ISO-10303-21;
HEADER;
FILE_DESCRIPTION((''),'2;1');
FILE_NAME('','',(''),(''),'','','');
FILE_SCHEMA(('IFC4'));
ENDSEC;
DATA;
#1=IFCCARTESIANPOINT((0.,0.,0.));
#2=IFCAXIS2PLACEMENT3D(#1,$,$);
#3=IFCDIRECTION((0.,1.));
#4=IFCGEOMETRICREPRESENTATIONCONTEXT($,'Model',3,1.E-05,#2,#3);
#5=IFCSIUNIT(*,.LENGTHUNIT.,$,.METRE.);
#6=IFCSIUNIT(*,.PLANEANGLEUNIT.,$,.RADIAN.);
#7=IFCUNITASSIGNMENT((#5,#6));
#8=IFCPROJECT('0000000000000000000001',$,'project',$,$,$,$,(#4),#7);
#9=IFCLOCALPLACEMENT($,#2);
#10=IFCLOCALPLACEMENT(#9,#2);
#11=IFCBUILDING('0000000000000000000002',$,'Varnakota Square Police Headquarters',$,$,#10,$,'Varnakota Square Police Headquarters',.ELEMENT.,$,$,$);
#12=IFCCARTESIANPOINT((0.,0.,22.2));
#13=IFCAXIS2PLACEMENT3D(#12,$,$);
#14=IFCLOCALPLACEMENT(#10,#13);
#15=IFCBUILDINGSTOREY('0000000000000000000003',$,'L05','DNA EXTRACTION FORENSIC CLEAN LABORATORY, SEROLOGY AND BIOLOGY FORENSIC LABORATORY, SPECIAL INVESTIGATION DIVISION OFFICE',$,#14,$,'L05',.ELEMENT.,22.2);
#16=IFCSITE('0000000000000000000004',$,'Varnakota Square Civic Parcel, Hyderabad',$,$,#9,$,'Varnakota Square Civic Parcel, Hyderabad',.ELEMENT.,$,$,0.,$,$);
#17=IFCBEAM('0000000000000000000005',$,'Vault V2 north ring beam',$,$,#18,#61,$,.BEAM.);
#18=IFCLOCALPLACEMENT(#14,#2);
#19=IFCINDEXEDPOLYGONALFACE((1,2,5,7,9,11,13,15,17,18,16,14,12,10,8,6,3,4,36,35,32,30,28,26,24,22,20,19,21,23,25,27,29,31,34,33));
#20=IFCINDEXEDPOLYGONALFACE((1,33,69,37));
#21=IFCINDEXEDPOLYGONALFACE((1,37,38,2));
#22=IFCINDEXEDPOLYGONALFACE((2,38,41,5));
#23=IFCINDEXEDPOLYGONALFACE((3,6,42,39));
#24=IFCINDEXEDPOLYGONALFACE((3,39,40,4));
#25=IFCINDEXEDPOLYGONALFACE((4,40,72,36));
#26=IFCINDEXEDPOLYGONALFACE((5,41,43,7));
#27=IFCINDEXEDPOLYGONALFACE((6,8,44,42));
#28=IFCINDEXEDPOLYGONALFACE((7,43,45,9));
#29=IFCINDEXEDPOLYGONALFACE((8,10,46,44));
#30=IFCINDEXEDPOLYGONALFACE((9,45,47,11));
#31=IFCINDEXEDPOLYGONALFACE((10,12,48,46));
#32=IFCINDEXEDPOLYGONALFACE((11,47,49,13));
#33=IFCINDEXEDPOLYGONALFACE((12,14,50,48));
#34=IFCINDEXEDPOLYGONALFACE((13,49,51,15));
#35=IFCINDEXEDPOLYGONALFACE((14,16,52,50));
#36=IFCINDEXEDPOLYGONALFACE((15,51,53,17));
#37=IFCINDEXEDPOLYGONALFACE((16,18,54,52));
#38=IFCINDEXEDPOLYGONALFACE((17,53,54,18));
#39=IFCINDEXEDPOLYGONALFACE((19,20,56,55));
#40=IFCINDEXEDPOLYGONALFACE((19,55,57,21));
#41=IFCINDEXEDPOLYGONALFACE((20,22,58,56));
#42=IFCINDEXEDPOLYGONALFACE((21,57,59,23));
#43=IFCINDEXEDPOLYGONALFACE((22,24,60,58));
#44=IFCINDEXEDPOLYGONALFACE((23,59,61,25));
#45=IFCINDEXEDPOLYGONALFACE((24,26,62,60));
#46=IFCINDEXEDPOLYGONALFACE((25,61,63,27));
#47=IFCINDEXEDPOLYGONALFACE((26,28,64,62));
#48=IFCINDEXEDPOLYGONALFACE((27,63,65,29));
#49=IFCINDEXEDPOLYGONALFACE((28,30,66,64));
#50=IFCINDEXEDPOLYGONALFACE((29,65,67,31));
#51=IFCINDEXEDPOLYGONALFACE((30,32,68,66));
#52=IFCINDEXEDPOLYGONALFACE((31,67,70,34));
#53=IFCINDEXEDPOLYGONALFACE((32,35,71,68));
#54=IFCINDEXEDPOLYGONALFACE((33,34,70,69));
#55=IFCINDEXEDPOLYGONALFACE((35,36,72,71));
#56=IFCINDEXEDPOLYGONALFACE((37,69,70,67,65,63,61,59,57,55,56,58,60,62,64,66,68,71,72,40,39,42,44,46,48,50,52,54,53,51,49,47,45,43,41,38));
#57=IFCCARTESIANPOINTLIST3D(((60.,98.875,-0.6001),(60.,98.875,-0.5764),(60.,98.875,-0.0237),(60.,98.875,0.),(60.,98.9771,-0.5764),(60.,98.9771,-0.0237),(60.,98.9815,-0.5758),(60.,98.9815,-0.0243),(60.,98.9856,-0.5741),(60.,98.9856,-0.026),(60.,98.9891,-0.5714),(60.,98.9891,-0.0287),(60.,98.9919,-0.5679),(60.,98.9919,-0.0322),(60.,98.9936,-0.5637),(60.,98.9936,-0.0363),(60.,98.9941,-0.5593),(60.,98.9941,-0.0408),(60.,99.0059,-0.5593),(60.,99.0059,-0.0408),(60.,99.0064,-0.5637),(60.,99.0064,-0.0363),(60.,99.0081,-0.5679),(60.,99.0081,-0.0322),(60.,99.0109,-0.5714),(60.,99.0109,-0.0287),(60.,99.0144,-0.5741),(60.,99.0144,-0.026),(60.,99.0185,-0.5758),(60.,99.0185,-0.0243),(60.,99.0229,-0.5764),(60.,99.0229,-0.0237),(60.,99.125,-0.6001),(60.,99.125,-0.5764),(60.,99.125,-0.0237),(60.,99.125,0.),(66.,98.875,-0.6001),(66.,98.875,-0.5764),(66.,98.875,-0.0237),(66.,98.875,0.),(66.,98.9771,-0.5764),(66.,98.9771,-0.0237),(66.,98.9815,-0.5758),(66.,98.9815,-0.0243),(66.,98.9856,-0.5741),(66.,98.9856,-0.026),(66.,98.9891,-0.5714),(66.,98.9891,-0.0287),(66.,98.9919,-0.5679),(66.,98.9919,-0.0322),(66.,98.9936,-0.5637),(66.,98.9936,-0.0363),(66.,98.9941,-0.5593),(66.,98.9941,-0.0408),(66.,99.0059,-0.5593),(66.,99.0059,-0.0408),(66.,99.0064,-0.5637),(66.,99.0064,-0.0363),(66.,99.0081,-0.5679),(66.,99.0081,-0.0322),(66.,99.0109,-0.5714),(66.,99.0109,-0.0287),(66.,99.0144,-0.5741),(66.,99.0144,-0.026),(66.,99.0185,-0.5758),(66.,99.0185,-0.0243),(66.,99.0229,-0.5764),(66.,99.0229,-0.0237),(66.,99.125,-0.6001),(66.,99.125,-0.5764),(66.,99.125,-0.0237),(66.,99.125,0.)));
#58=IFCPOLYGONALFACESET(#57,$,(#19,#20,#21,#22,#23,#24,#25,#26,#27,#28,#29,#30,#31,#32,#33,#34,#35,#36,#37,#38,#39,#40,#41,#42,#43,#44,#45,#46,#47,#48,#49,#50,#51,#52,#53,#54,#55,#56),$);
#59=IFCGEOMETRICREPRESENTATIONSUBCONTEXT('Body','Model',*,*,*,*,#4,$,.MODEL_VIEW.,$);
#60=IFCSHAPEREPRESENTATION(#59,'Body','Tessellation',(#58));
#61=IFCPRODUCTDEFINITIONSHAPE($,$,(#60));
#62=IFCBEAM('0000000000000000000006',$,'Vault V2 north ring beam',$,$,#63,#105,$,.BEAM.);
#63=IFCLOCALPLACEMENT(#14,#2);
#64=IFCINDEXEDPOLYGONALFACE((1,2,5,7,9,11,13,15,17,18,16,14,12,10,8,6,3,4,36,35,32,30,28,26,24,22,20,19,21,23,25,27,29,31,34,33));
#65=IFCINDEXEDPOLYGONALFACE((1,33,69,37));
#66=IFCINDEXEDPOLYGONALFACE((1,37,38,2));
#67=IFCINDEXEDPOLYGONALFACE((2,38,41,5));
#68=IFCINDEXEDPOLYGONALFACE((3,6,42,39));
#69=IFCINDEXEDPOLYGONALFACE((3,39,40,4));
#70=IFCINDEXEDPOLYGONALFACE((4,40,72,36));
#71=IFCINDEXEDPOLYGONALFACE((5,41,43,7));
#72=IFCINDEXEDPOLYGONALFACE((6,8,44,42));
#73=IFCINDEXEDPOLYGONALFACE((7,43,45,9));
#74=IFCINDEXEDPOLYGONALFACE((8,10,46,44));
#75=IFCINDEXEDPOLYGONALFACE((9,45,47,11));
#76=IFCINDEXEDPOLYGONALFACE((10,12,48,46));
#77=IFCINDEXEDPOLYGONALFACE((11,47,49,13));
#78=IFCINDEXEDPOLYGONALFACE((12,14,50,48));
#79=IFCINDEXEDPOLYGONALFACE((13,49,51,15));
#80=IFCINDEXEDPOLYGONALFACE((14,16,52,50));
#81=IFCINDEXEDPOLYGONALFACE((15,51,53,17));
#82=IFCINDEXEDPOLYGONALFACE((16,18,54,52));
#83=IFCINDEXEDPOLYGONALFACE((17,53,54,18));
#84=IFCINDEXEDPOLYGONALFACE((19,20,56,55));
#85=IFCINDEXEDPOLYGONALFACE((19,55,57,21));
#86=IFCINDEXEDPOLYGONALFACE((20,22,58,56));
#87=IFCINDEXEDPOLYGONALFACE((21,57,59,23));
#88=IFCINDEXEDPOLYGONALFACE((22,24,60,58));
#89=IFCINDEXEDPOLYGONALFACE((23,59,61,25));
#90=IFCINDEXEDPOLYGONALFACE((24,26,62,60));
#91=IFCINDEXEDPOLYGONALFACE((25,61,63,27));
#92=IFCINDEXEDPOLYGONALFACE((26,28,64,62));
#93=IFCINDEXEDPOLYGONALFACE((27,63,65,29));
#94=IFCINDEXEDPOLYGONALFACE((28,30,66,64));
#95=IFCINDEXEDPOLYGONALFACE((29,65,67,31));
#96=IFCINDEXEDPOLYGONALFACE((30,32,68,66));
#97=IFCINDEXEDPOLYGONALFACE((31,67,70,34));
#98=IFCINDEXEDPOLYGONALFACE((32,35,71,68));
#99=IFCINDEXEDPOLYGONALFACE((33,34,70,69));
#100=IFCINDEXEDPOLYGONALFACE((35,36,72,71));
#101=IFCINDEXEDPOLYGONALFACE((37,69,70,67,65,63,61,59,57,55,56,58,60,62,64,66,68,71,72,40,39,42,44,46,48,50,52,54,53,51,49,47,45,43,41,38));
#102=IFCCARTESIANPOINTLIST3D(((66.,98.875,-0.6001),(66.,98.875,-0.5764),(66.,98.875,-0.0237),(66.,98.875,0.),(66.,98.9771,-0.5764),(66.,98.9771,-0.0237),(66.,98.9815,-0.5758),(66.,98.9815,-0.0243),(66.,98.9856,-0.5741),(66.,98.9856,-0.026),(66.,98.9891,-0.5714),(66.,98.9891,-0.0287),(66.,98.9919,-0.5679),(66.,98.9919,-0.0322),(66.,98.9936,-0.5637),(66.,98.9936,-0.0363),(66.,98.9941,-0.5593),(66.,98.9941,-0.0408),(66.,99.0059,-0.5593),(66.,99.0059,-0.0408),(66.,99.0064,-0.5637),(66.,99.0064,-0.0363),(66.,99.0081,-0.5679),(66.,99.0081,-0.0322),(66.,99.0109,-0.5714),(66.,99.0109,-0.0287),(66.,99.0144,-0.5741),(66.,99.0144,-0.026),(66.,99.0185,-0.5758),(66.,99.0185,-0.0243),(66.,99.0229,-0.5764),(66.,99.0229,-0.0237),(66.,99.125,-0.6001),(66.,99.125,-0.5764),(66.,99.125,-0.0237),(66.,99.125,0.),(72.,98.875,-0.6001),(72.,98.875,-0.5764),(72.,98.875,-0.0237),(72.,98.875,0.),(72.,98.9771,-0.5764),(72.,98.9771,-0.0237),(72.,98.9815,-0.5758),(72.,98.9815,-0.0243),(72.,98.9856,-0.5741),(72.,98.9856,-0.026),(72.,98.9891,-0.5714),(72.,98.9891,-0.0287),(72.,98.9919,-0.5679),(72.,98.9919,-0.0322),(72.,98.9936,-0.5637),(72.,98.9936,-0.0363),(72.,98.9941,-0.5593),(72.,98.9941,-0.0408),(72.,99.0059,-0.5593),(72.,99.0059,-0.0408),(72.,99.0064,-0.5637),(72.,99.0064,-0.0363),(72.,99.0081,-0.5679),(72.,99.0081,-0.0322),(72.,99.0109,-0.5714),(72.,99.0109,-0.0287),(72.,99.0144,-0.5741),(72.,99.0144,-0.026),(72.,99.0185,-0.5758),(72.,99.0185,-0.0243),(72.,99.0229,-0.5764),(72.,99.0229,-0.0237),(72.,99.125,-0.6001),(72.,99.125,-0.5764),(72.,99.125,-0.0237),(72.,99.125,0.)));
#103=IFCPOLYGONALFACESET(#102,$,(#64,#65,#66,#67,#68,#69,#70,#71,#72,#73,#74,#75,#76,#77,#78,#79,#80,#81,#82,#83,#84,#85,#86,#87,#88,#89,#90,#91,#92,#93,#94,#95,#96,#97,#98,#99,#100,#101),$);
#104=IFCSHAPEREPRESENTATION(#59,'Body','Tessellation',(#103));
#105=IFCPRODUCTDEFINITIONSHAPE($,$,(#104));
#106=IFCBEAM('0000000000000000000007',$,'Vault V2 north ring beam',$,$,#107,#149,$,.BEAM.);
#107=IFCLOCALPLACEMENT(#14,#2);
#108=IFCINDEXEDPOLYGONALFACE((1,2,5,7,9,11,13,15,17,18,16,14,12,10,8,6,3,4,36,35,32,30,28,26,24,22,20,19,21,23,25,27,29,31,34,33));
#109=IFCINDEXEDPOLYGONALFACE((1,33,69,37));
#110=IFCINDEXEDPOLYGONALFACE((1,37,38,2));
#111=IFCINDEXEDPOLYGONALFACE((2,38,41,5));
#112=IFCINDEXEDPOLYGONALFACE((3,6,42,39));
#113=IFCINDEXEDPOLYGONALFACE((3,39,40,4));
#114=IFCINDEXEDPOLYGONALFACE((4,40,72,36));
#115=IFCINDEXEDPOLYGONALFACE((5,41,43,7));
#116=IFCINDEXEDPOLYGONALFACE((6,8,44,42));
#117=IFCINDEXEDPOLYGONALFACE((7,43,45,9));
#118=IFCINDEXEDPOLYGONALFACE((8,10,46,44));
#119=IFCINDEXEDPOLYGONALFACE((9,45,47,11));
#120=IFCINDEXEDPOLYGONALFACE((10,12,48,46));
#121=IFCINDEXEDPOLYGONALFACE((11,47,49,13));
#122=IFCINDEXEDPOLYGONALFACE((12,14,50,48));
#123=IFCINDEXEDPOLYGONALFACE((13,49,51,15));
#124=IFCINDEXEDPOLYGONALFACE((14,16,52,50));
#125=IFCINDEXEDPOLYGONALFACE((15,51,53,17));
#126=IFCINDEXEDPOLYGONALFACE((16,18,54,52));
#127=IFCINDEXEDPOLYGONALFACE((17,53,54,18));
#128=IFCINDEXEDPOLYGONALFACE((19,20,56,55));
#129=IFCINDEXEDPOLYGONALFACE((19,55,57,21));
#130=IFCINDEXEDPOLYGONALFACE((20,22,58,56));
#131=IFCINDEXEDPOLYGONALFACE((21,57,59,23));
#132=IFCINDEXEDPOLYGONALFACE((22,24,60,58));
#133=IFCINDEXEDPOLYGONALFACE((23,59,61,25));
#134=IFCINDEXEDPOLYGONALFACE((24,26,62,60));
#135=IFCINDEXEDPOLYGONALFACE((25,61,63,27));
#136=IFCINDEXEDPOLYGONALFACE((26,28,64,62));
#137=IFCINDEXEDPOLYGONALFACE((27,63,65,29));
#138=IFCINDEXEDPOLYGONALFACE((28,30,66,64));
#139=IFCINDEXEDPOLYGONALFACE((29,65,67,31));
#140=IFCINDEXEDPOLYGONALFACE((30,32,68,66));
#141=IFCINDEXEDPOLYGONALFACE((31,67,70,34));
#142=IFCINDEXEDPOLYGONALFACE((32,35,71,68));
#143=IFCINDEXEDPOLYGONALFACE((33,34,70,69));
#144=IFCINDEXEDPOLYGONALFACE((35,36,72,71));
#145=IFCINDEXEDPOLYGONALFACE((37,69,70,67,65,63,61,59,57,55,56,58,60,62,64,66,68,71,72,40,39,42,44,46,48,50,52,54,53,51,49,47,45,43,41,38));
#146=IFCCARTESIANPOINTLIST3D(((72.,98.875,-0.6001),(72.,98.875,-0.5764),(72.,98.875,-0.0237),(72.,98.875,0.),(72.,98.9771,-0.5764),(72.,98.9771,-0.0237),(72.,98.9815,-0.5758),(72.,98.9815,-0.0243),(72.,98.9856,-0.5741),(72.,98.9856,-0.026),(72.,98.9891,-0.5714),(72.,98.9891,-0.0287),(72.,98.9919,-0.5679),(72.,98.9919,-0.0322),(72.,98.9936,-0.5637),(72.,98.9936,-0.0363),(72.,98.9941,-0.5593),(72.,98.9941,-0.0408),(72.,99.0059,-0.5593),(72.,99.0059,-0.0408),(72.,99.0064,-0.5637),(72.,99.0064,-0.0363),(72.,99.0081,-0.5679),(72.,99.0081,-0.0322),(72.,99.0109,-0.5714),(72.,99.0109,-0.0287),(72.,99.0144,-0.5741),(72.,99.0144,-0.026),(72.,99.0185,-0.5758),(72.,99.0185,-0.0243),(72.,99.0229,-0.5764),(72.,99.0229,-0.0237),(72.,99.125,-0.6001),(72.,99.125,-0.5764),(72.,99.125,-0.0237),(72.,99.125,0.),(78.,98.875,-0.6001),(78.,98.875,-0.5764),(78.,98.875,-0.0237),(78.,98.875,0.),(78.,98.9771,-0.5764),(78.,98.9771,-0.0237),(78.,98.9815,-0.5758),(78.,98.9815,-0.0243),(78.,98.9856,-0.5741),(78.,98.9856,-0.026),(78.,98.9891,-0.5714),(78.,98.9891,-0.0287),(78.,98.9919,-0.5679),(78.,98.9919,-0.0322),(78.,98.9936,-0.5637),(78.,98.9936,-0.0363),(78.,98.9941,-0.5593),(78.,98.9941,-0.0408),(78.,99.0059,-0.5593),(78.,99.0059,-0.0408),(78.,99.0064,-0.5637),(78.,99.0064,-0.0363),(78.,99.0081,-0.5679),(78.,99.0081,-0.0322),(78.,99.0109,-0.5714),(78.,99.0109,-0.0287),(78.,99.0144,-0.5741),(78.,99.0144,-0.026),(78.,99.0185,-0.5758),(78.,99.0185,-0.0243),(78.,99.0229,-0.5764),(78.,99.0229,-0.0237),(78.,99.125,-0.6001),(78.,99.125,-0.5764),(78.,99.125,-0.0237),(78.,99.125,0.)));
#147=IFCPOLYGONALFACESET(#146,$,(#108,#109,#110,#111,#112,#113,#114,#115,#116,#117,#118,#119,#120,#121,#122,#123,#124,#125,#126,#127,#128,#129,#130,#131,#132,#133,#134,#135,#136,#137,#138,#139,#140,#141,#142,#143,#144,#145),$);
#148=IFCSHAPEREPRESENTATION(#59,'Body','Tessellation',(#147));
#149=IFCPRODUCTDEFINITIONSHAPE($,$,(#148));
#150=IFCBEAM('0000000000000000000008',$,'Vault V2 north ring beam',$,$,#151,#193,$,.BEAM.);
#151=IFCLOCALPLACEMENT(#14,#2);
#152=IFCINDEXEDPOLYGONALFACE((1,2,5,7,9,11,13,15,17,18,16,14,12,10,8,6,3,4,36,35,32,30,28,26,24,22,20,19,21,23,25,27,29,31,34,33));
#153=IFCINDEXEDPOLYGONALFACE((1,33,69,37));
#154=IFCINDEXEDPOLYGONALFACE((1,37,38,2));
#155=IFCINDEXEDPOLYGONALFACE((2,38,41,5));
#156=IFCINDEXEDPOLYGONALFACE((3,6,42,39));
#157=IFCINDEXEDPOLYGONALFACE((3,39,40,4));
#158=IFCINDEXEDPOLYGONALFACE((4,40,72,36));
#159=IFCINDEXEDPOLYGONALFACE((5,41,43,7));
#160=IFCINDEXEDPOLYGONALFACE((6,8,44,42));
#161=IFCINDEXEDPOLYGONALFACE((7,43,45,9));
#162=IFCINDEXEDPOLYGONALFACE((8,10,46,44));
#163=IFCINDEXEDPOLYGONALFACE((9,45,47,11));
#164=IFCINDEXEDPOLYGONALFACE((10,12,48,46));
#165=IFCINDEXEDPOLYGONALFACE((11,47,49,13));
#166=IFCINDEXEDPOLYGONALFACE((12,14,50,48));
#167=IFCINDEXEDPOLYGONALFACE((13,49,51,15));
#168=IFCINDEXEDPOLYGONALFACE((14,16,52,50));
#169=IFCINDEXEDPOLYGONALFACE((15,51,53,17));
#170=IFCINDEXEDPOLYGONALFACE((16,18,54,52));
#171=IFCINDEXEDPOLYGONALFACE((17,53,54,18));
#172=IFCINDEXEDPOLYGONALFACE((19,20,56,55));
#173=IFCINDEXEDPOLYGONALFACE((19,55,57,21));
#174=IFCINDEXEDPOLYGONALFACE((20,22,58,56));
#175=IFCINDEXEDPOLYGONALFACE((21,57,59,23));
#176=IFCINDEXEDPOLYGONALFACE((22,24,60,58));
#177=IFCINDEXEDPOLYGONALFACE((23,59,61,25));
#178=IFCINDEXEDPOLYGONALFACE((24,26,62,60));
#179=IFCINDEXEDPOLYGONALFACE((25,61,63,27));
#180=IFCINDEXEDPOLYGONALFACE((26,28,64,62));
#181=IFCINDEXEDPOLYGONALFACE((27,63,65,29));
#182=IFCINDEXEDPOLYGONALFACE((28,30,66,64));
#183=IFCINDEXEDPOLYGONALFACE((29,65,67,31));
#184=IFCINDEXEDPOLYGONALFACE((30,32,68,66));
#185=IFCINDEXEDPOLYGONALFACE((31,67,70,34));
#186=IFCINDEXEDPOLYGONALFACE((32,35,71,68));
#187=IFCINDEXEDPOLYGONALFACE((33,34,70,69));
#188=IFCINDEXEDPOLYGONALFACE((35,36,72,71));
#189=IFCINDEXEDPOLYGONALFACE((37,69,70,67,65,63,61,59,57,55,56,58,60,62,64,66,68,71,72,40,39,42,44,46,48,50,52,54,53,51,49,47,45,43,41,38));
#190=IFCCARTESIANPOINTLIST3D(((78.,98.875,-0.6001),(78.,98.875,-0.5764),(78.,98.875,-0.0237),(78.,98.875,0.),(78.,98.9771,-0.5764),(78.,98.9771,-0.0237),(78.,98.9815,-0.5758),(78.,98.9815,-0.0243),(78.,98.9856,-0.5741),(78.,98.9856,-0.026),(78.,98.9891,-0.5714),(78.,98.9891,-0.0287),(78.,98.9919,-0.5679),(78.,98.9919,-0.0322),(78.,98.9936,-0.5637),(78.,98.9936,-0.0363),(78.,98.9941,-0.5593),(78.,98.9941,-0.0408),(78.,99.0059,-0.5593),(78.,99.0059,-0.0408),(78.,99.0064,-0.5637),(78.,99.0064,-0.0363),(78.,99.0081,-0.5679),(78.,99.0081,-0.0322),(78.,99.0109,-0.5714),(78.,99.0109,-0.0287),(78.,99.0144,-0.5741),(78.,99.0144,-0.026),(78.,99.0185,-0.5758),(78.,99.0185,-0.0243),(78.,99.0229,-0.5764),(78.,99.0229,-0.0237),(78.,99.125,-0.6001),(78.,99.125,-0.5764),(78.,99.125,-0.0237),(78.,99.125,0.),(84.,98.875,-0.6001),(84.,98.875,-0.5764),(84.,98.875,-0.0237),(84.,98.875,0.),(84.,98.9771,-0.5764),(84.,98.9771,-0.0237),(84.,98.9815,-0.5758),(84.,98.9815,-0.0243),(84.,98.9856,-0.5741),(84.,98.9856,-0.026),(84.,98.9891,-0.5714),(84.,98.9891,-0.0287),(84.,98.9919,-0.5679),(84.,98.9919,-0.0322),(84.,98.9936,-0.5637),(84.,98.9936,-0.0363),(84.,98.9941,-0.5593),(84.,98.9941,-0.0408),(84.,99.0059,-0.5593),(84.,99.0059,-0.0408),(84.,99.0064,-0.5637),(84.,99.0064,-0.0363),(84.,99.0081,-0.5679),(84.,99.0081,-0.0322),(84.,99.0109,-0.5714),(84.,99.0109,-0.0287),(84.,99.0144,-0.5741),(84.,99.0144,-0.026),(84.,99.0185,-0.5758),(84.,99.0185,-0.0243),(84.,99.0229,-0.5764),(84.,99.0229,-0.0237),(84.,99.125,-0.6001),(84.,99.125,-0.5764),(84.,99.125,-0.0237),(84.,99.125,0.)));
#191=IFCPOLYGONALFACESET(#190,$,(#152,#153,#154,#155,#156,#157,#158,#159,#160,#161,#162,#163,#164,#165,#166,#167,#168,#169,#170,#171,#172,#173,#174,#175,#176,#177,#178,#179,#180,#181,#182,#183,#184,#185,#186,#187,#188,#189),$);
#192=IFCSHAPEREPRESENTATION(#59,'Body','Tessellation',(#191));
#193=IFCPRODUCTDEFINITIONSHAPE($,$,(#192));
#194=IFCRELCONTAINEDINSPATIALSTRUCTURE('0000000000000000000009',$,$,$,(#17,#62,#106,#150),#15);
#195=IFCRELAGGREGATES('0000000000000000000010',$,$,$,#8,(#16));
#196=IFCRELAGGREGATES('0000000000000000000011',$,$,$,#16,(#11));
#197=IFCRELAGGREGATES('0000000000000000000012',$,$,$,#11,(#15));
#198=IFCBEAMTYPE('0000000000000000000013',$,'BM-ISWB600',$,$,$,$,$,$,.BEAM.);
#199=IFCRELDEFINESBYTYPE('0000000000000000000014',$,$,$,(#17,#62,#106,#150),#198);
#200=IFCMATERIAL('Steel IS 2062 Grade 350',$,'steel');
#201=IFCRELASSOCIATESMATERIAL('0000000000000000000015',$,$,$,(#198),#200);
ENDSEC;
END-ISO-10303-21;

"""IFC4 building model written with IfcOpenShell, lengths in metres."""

from ifc_helpers import new_model, si_unit, direction, frame, origin, origin_2d, place, context, subcontext, project, spatial, i_section, extrude, material, material_profile, profile_set, type_object, element, save


model = new_model("IFC4")

# Units and contexts
model_context = context("Model", 3, precision=1e-05, world=origin(), true_north=direction((0.0, 1.0)))
body_context = subcontext(model_context, "Body", "Model", "MODEL_VIEW")
ifc_project = project(units=[si_unit("LENGTHUNIT", "METRE"), si_unit("PLANEANGLEUNIT", "RADIAN")], contexts=[model_context])

# Site, building, storey
site_placement = place(None, origin())
site = spatial("IfcSite", under=ifc_project, at=site_placement, Name="Varnakota Square Civic Parcel, Hyderabad", LongName="Varnakota Square Civic Parcel, Hyderabad", CompositionType="ELEMENT", RefElevation=0.0)
building_placement = place(site_placement, origin())
building = spatial("IfcBuilding", under=site, at=building_placement, Name="Varnakota Square Police Headquarters", LongName="Varnakota Square Police Headquarters", CompositionType="ELEMENT")
storey_placement = place(building_placement, frame((0.0, 0.0, 22.2)))
storey = spatial("IfcBuildingStorey", under=building, at=storey_placement, Name="L05", Description="DNA EXTRACTION FORENSIC CLEAN LABORATORY, SEROLOGY AND BIOLOGY FORENSIC LABORATORY, SPECIAL INVESTIGATION DIVISION OFFICE", LongName="L05", CompositionType="ELEMENT", Elevation=22.2)

# Beams
ifc_material_1 = material(Name="Steel IS 2062 Grade 350", Category="steel")
ifc_material_profile_1 = material_profile(ifc_material_1, i_section(OverallWidth=0.25, OverallDepth=0.6001, WebThickness=0.0117, FlangeThickness=0.0237, FilletRadius=0.0171, at=origin_2d()), Name="ISWB 600")
ifc_profile_set_1 = profile_set([ifc_material_profile_1], Name="Steel IS 2062 Grade 350")
beam_type_1 = type_object("IfcBeamType", Name="BM-ISWB600", PredefinedType="BEAM", material=ifc_profile_set_1)
for number, where, z_axis, x_axis, name in (
    (1, (60.0, 99.0, -0.3), (1.0, 0.0, 0.0), (0.0, 1.0, 0.0), "Vault V2 north ring beam"),
    (2, (66.0, 99.0, -0.3), (1.0, 0.0, 0.0), (0.0, 1.0, 0.0), "Vault V2 north ring beam"),
    (3, (72.0, 99.0, -0.3), (1.0, 0.0, 0.0), (0.0, 1.0, 0.0), "Vault V2 north ring beam"),
    (4, (78.0, 99.0, -0.3), (1.0, 0.0, 0.0), (0.0, 1.0, 0.0), "Vault V2 north ring beam"),
):
    element("IfcBeam", number, at=place(storey_placement, frame(where, z_axis=z_axis, x_axis=x_axis)), inside=storey, type_object=beam_type_1, Name=name, PredefinedType="BEAM", context=body_context, shape_type="SweptSolid", body=[
        extrude(i_section(OverallWidth=0.25, OverallDepth=0.6001, WebThickness=0.0117, FlangeThickness=0.0237, FilletRadius=0.0171, at=origin_2d()), origin(), (0.0, 0.0, 1.0), 6.0),
    ])

save(model, "model.ifc")
